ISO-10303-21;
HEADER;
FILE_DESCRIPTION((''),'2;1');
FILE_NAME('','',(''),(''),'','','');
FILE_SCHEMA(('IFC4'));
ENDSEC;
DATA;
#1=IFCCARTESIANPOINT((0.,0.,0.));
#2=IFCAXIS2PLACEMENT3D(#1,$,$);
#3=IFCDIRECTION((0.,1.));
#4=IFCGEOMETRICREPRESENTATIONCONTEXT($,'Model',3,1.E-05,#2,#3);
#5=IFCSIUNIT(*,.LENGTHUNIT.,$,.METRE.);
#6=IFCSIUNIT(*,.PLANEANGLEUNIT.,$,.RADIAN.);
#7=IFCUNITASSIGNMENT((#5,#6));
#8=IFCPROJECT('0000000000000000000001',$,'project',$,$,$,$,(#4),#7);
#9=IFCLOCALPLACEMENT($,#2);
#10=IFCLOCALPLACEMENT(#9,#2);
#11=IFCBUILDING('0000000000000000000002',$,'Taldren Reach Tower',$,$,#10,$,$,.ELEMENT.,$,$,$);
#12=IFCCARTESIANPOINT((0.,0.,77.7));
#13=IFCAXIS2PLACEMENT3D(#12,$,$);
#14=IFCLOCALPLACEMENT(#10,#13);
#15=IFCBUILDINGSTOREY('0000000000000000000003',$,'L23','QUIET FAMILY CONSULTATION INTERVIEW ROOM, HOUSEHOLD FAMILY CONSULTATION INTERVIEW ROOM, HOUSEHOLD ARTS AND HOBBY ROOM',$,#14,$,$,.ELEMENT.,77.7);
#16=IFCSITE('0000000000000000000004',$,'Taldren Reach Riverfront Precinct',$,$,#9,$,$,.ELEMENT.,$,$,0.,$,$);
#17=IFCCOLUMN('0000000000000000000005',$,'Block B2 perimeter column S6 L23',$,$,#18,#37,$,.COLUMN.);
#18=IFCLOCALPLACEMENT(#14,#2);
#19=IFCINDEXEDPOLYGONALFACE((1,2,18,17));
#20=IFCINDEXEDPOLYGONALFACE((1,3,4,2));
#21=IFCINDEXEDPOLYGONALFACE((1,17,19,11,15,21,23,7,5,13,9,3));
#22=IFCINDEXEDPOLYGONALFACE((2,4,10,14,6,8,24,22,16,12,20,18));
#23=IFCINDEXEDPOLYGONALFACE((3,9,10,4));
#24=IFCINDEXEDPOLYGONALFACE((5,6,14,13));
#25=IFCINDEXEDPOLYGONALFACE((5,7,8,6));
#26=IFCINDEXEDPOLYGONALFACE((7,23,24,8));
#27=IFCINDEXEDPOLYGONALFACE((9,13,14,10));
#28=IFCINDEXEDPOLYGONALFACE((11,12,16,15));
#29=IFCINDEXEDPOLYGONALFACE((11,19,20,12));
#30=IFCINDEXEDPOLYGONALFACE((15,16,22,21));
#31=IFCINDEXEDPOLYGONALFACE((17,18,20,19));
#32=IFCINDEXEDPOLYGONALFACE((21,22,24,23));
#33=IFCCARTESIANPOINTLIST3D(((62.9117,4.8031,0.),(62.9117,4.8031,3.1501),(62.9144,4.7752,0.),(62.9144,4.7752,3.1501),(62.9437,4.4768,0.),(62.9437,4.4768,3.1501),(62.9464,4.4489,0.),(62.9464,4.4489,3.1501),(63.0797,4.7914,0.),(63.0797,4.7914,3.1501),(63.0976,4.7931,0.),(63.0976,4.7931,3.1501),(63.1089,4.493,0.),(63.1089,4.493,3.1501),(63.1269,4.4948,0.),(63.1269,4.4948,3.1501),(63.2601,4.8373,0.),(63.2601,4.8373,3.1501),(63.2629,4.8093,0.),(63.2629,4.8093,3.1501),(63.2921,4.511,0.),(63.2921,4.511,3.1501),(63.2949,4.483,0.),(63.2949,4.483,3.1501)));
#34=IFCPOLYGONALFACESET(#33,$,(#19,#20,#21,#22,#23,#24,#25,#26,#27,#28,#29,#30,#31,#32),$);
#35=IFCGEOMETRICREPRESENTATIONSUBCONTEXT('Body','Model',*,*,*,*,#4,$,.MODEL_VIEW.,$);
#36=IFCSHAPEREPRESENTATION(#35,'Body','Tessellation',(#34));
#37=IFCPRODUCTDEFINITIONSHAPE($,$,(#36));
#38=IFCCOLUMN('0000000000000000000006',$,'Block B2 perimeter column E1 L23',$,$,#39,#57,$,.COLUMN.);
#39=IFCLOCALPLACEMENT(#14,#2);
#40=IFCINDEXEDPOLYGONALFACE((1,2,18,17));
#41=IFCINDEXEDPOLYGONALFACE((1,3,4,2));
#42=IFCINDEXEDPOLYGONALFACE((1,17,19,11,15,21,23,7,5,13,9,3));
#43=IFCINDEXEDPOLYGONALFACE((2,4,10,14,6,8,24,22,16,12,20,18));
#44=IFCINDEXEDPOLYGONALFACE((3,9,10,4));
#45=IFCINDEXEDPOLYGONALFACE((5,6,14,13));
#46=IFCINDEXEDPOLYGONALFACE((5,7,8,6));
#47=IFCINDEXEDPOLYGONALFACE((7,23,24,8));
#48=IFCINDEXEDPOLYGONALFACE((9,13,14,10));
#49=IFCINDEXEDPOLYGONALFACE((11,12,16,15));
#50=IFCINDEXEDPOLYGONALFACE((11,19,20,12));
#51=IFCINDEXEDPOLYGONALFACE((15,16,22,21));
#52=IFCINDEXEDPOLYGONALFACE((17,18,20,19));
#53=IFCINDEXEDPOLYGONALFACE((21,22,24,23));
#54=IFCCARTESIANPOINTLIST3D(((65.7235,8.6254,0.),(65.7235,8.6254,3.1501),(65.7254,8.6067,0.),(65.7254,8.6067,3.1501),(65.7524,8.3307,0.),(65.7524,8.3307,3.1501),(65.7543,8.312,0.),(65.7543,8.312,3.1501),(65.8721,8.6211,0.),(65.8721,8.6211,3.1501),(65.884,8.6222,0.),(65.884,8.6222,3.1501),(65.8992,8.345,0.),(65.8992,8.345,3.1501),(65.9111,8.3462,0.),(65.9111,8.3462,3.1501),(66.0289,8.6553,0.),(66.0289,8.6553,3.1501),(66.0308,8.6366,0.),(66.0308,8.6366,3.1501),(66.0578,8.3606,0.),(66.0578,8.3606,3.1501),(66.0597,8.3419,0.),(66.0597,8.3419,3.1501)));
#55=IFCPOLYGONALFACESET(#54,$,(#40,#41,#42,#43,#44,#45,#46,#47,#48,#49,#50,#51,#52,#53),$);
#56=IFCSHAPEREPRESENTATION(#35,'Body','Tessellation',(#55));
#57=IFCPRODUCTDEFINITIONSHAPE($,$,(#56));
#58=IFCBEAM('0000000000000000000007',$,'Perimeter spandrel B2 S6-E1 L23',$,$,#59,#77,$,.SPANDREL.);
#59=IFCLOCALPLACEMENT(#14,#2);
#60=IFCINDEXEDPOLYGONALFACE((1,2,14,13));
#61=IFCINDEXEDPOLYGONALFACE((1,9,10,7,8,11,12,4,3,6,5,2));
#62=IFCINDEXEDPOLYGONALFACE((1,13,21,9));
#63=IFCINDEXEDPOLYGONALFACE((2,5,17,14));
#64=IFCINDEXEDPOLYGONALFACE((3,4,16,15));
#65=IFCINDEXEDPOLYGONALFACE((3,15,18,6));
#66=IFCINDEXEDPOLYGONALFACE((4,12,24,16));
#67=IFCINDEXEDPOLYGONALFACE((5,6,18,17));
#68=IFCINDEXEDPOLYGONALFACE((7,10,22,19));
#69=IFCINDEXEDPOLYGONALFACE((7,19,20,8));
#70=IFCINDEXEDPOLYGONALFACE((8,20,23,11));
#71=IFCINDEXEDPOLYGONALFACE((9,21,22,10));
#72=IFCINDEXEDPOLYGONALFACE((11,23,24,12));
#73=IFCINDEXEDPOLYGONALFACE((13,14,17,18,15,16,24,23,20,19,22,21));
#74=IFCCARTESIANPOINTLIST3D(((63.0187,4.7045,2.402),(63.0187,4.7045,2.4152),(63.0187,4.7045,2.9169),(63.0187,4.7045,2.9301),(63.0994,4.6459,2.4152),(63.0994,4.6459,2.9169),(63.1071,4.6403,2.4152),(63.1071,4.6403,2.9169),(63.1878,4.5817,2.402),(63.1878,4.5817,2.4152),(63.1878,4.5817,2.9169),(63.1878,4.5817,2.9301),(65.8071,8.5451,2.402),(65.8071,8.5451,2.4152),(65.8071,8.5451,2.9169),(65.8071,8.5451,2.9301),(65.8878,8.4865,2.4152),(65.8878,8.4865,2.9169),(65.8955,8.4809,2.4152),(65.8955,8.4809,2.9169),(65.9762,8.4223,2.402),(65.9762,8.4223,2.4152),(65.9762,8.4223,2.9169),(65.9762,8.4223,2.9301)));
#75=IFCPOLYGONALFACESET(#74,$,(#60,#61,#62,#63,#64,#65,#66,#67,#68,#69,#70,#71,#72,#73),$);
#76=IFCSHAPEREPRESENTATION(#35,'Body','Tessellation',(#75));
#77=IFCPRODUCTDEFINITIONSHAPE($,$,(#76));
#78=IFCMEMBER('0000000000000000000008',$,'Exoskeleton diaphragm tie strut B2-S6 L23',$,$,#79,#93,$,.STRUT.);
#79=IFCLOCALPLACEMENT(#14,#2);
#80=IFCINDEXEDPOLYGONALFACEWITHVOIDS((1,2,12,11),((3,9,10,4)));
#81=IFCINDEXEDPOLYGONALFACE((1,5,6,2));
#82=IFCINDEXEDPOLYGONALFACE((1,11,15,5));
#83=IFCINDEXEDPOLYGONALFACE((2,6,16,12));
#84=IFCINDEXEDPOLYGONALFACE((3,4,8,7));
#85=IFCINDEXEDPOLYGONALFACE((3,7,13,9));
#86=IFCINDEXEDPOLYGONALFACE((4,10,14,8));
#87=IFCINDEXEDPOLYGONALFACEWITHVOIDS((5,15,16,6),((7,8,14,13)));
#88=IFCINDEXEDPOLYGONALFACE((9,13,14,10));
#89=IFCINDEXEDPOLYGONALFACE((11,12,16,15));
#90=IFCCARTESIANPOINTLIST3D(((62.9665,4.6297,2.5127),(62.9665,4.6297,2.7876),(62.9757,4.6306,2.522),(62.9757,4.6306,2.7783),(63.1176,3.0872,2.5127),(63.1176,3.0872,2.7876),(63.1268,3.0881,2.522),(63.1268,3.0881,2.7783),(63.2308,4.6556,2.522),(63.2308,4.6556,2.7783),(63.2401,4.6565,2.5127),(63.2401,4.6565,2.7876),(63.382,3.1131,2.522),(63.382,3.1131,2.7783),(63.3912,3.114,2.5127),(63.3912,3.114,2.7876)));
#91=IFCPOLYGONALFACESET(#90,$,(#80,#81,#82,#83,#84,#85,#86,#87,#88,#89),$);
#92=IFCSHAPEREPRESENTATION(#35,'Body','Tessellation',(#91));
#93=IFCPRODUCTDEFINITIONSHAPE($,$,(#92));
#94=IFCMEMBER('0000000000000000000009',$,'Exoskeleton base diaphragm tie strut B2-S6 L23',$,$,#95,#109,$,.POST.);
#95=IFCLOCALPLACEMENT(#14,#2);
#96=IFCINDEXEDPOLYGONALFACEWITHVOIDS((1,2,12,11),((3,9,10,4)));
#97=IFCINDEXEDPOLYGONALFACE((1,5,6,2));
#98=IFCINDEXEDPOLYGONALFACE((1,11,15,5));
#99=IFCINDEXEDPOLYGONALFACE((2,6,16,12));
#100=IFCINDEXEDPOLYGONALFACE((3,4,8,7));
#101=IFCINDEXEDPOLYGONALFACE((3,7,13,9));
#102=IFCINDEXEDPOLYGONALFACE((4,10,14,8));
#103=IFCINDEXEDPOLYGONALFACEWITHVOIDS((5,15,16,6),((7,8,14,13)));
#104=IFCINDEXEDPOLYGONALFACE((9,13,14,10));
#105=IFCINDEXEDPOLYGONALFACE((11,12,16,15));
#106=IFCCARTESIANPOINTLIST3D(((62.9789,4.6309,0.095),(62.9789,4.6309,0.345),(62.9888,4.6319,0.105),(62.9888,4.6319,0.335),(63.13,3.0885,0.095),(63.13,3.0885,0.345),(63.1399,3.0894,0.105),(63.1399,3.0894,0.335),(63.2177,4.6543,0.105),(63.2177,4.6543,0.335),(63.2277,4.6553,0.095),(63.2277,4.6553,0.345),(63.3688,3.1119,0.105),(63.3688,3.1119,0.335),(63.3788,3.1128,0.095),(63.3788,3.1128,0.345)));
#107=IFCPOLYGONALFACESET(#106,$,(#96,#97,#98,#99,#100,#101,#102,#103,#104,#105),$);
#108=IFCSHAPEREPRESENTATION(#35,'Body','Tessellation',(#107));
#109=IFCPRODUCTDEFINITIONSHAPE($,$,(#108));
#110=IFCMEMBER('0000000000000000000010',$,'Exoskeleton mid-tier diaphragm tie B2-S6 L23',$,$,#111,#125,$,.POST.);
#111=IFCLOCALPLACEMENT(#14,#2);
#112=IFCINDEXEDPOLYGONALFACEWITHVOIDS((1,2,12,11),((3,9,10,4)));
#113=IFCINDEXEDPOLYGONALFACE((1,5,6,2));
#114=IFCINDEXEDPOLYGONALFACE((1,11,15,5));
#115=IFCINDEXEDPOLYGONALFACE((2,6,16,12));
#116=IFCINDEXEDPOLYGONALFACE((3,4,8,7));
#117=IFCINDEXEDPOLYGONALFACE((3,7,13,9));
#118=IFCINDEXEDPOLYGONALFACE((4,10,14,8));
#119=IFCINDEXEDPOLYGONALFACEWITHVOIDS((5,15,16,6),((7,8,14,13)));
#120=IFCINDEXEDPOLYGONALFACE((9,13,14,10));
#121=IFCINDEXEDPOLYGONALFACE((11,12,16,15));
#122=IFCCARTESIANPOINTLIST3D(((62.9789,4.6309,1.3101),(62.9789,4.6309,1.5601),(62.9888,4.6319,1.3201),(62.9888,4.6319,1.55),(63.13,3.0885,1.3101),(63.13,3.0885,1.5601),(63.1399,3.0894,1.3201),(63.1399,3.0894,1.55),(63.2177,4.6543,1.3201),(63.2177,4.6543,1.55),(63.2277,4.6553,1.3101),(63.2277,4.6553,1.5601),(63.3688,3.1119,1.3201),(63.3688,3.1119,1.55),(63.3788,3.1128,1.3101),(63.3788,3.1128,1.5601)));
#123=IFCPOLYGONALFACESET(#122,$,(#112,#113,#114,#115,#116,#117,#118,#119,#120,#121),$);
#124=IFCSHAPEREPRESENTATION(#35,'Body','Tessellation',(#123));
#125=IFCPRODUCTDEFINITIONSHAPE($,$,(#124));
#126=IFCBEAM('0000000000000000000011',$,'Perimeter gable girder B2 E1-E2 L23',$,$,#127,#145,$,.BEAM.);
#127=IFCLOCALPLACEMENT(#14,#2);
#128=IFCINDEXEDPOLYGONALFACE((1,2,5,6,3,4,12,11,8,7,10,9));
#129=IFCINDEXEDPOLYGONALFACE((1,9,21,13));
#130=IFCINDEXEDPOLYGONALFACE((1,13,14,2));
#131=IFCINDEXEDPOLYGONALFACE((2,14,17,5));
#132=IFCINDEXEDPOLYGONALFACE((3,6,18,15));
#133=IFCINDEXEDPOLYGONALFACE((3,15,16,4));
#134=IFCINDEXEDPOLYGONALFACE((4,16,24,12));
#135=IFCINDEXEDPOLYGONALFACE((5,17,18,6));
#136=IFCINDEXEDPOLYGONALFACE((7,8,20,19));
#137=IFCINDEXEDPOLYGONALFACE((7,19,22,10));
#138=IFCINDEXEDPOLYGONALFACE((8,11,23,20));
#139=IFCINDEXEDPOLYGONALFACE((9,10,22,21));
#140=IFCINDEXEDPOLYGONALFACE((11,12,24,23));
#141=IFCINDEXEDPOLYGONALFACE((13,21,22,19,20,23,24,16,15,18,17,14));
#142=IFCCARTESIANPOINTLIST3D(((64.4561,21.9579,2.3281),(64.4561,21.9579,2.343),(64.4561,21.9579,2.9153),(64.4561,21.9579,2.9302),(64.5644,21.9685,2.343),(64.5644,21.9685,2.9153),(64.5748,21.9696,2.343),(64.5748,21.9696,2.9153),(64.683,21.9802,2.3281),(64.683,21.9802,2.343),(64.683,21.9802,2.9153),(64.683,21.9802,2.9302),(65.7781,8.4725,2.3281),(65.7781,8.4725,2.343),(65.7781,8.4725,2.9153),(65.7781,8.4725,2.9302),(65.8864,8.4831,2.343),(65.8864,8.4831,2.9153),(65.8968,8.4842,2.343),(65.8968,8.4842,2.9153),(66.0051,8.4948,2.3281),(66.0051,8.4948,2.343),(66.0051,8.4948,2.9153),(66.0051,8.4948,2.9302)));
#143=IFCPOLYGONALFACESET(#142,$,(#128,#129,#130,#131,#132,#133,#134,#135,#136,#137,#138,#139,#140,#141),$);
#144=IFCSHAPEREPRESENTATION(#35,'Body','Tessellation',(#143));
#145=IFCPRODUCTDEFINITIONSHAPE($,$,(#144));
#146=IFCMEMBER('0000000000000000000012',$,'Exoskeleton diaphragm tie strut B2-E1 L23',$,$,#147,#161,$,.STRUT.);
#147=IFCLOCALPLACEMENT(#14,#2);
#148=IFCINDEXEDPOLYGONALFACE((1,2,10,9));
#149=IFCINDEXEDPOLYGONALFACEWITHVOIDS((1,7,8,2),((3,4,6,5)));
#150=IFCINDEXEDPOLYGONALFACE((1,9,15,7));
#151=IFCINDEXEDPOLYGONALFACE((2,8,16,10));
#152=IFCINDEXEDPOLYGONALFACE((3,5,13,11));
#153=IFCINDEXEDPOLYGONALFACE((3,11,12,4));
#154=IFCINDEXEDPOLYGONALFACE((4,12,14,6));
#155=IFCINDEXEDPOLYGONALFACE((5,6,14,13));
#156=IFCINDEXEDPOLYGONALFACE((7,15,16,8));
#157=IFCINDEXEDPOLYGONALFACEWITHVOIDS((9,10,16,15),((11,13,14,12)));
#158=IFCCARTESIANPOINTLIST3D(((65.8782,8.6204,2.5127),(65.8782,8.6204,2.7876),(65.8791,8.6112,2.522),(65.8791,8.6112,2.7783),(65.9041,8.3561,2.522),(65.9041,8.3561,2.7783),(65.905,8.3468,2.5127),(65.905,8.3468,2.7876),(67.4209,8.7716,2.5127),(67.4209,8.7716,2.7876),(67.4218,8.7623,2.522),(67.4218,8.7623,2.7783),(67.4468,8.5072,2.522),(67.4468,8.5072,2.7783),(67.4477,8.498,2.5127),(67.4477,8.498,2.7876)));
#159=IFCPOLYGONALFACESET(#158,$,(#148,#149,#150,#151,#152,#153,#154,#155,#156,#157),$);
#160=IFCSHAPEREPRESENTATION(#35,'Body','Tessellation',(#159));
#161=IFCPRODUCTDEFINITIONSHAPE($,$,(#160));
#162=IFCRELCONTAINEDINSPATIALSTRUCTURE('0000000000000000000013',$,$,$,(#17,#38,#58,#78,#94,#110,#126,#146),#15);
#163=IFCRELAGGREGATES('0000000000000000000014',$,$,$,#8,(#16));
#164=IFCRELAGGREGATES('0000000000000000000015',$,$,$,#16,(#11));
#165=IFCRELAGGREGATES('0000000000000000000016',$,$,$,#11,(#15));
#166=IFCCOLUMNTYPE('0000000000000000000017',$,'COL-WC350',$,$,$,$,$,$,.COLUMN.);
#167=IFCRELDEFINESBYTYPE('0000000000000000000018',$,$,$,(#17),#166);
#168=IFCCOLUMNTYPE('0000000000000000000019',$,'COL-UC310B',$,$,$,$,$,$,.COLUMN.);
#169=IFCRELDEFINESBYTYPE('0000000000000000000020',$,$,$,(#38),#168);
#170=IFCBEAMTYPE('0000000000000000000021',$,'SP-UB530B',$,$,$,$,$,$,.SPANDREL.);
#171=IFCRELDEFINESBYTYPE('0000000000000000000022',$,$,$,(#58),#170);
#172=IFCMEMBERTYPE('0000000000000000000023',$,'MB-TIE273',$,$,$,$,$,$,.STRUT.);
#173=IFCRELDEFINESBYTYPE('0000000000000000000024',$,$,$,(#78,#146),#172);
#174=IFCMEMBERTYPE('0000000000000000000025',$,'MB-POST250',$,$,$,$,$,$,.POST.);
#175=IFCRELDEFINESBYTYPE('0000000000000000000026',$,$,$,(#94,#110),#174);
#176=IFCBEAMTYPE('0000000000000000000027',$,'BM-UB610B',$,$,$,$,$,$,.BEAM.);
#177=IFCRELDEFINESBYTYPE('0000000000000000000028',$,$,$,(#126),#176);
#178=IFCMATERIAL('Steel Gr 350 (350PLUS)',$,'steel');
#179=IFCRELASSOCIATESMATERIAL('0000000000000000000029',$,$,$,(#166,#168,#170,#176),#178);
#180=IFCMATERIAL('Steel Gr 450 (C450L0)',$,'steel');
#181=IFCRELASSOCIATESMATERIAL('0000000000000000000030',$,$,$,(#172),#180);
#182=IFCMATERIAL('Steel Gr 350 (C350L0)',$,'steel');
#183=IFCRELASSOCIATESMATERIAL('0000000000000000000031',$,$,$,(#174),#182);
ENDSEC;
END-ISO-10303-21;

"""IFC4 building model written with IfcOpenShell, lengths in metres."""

from ifc_helpers import new_model, si_unit, direction, frame, origin, origin_2d, place, context, subcontext, project, spatial, hollow_rectangle, i_section, extrude, source, transform, mapped, material, material_profile, profile_set, type_object, element, save


model = new_model("IFC4")

# Units and contexts
model_context = context("Model", 3, precision=1e-05, world=origin(), true_north=direction((0.0, 1.0)))
body_context = subcontext(model_context, "Body", "Model", "MODEL_VIEW")
ifc_project = project(units=[si_unit("LENGTHUNIT", "METRE"), si_unit("PLANEANGLEUNIT", "RADIAN")], contexts=[model_context])

# Site, building, storey
site_placement = place(None, origin())
site = spatial("IfcSite", under=ifc_project, at=site_placement, Name="Taldren Reach Riverfront Precinct", CompositionType="ELEMENT", RefElevation=0.0)
building_placement = place(site_placement, origin())
building = spatial("IfcBuilding", under=site, at=building_placement, Name="Taldren Reach Tower", CompositionType="ELEMENT")
storey_placement = place(building_placement, frame((0.0, 0.0, 77.7)))
storey = spatial("IfcBuildingStorey", under=building, at=storey_placement, Name="L23", Description="QUIET FAMILY CONSULTATION INTERVIEW ROOM, HOUSEHOLD FAMILY CONSULTATION INTERVIEW ROOM, HOUSEHOLD ARTS AND HOBBY ROOM", CompositionType="ELEMENT", Elevation=77.7)

# Columns
ifc_material_1 = material(Name="Steel Gr 350 (350PLUS)", Category="steel")
ifc_material_profile_1 = material_profile(ifc_material_1, i_section(OverallWidth=0.3501, OverallDepth=0.356, WebThickness=0.0181, FlangeThickness=0.0281, at=origin_2d()), Name="350WC197")
ifc_profile_set_1 = profile_set([ifc_material_profile_1], Name="Steel Gr 350 (350PLUS)")
column_type_1 = type_object("IfcColumnType", Name="COL-WC350", PredefinedType="COLUMN", material=ifc_profile_set_1)
shared_shape_1 = source(origin(), body_context, "Body", "SweptSolid", [
    extrude(i_section(OverallWidth=0.3501, OverallDepth=0.356, WebThickness=0.0181, FlangeThickness=0.0281, at=origin_2d()), origin(), (0.0, 0.0, 1.0), 3.1501),
])
column_1_placement = place(storey_placement, frame((63.1033, 4.6431, 0.0), z_axis=(0.0, 0.0, 1.0), x_axis=(0.995227, 0.097583, 0.0)))
element("IfcColumn", 1, at=column_1_placement, inside=storey, type_object=column_type_1, Name="Block B2 perimeter column S6 L23", PredefinedType="COLUMN", context=body_context, shape_type="MappedRepresentation", body=[
    mapped(shared_shape_1, transform((0.0, 0.0, 0.0), scale=1.0)),
])
ifc_material_profile_2 = material_profile(ifc_material_1, i_section(OverallWidth=0.3069, OverallDepth=0.3149, WebThickness=0.012, FlangeThickness=0.0188, at=origin_2d()), Name="310UC118")
ifc_profile_set_2 = profile_set([ifc_material_profile_2], Name="Steel Gr 350 (350PLUS)")
column_type_2 = type_object("IfcColumnType", Name="COL-UC310B", PredefinedType="COLUMN", material=ifc_profile_set_2)
shared_shape_2 = source(origin(), body_context, "Body", "SweptSolid", [
    extrude(i_section(OverallWidth=0.3069, OverallDepth=0.3149, WebThickness=0.012, FlangeThickness=0.0188, at=origin_2d()), origin(), (0.0, 0.0, 1.0), 3.1501),
])
column_2_placement = place(storey_placement, frame((65.8916, 8.4836, 0.0), z_axis=(0.0, 0.0, 1.0), x_axis=(0.995227, 0.097583, 0.0)))
element("IfcColumn", 2, at=column_2_placement, inside=storey, type_object=column_type_2, Name="Block B2 perimeter column E1 L23", PredefinedType="COLUMN", context=body_context, shape_type="MappedRepresentation", body=[
    mapped(shared_shape_2, transform((0.0, 0.0, 0.0), scale=1.0)),
])

# Beam
ifc_material_profile_3 = material_profile(ifc_material_1, i_section(OverallWidth=0.209, OverallDepth=0.5281, WebThickness=0.0095, FlangeThickness=0.0132, at=origin_2d()), Name="530UB82.0")
ifc_profile_set_3 = profile_set([ifc_material_profile_3], Name="Steel Gr 350 (350PLUS)")
beam_type_1 = type_object("IfcBeamType", Name="SP-UB530B", PredefinedType="SPANDREL", material=ifc_profile_set_3)
shared_shape_3 = source(origin(), body_context, "Body", "SweptSolid", [
    extrude(i_section(OverallWidth=0.209, OverallDepth=0.5281, WebThickness=0.0095, FlangeThickness=0.0132, at=origin_2d()), origin(), (0.0, 0.0, 1.0), 4.7461),
])
beam_1_placement = place(storey_placement, frame((63.1033, 4.6431, 2.666), z_axis=(0.587508, 0.809219, 0.0), x_axis=(-0.809219, 0.587508, 0.0)))
element("IfcBeam", 3, at=beam_1_placement, inside=storey, type_object=beam_type_1, Name="Perimeter spandrel B2 S6-E1 L23", PredefinedType="SPANDREL", context=body_context, shape_type="MappedRepresentation", body=[
    mapped(shared_shape_3, transform((0.0, 0.0, 0.0), scale=1.0)),
])

# Members
ifc_material_2 = material(Name="Steel Gr 450 (C450L0)", Category="steel")
ifc_material_profile_4 = material_profile(ifc_material_2, hollow_rectangle(XDim=0.2749, YDim=0.2749, WallThickness=0.0093, at=origin_2d()), Name="275x275x9.3SHS")
ifc_profile_set_4 = profile_set([ifc_material_profile_4], Name="Steel Gr 450 (C450L0)")
member_type_1 = type_object("IfcMemberType", Name="MB-TIE273", PredefinedType="STRUT", material=ifc_profile_set_4)
shared_shape_4 = source(origin(), body_context, "Body", "SweptSolid", [
    extrude(hollow_rectangle(XDim=0.2749, YDim=0.2749, WallThickness=0.0093, at=origin_2d()), origin(), (0.0, 0.0, 1.0), 1.5498),
])
member_1_placement = place(storey_placement, frame((63.1033, 4.6431, 2.6501), z_axis=(0.097507, -0.995235, 0.0), x_axis=(0.995235, 0.097507, 0.0)))
element("IfcMember", 4, at=member_1_placement, inside=storey, type_object=member_type_1, Name="Exoskeleton diaphragm tie strut B2-S6 L23", PredefinedType="STRUT", context=body_context, shape_type="MappedRepresentation", body=[
    mapped(shared_shape_4, transform((0.0, 0.0, 0.0), scale=1.0)),
])
ifc_material_3 = material(Name="Steel Gr 350 (C350L0)", Category="steel")
ifc_material_profile_5 = material_profile(ifc_material_3, hollow_rectangle(XDim=0.25, YDim=0.25, WallThickness=0.01, at=origin_2d()), Name="250x250x10.0SHS")
ifc_profile_set_5 = profile_set([ifc_material_profile_5], Name="Steel Gr 350 (C350L0)")
member_type_2 = type_object("IfcMemberType", Name="MB-POST250", PredefinedType="POST", material=ifc_profile_set_5)
shared_shape_5 = source(origin(), body_context, "Body", "SweptSolid", [
    extrude(hollow_rectangle(XDim=0.25, YDim=0.25, WallThickness=0.01, at=origin_2d()), origin(), (0.0, 0.0, 1.0), 1.5498),
])
for number, where, z_axis, x_axis, name in (
    (5, (63.1033, 4.6431, 0.22), (0.097507, -0.995235, 0.0), (0.995235, 0.097507, 0.0), "Exoskeleton base diaphragm tie strut B2-S6 L23"),
    (6, (63.1033, 4.6431, 1.4351), (0.097507, -0.995235, 0.0), (0.995235, 0.097507, 0.0), "Exoskeleton mid-tier diaphragm tie B2-S6 L23"),
):
    element("IfcMember", number, at=place(storey_placement, frame(where, z_axis=z_axis, x_axis=x_axis)), inside=storey, type_object=member_type_2, Name=name, PredefinedType="POST", context=body_context, shape_type="MappedRepresentation", body=[
        mapped(shared_shape_5, transform((0.0, 0.0, 0.0), scale=1.0)),
    ])

# Beam
ifc_material_profile_6 = material_profile(ifc_material_1, i_section(OverallWidth=0.228, OverallDepth=0.6021, WebThickness=0.0105, FlangeThickness=0.0149, at=origin_2d()), Name="610UB101")
ifc_profile_set_6 = profile_set([ifc_material_profile_6], Name="Steel Gr 350 (350PLUS)")
beam_type_2 = type_object("IfcBeamType", Name="BM-UB610B", PredefinedType="BEAM", material=ifc_profile_set_6)
shared_shape_6 = source(origin(), body_context, "Body", "SweptSolid", [
    extrude(i_section(OverallWidth=0.228, OverallDepth=0.6021, WebThickness=0.0105, FlangeThickness=0.0149, at=origin_2d()), origin(), (0.0, 0.0, 1.0), 13.55),
])
beam_2_placement = place(storey_placement, frame((65.8916, 8.4836, 2.6292), z_axis=(-0.097566, 0.995229, 0.0), x_axis=(-0.995229, -0.097566, 0.0)))
element("IfcBeam", 7, at=beam_2_placement, inside=storey, type_object=beam_type_2, Name="Perimeter gable girder B2 E1-E2 L23", PredefinedType="BEAM", context=body_context, shape_type="MappedRepresentation", body=[
    mapped(shared_shape_6, transform((0.0, 0.0, 0.0), scale=1.0)),
])

# Member
shared_shape_7 = source(origin(), body_context, "Body", "SweptSolid", [
    extrude(hollow_rectangle(XDim=0.2749, YDim=0.2749, WallThickness=0.0093, at=origin_2d()), origin(), (0.0, 0.0, 1.0), 1.55),
])
member_2_placement = place(storey_placement, frame((65.8916, 8.4836, 2.6501), z_axis=(0.995236, 0.097492, 0.0), x_axis=(-0.097492, 0.995236, 0.0)))
element("IfcMember", 8, at=member_2_placement, inside=storey, type_object=member_type_1, Name="Exoskeleton diaphragm tie strut B2-E1 L23", PredefinedType="STRUT", context=body_context, shape_type="MappedRepresentation", body=[
    mapped(shared_shape_7, transform((0.0, 0.0, 0.0), scale=1.0)),
])

save(model, "model.ifc")
